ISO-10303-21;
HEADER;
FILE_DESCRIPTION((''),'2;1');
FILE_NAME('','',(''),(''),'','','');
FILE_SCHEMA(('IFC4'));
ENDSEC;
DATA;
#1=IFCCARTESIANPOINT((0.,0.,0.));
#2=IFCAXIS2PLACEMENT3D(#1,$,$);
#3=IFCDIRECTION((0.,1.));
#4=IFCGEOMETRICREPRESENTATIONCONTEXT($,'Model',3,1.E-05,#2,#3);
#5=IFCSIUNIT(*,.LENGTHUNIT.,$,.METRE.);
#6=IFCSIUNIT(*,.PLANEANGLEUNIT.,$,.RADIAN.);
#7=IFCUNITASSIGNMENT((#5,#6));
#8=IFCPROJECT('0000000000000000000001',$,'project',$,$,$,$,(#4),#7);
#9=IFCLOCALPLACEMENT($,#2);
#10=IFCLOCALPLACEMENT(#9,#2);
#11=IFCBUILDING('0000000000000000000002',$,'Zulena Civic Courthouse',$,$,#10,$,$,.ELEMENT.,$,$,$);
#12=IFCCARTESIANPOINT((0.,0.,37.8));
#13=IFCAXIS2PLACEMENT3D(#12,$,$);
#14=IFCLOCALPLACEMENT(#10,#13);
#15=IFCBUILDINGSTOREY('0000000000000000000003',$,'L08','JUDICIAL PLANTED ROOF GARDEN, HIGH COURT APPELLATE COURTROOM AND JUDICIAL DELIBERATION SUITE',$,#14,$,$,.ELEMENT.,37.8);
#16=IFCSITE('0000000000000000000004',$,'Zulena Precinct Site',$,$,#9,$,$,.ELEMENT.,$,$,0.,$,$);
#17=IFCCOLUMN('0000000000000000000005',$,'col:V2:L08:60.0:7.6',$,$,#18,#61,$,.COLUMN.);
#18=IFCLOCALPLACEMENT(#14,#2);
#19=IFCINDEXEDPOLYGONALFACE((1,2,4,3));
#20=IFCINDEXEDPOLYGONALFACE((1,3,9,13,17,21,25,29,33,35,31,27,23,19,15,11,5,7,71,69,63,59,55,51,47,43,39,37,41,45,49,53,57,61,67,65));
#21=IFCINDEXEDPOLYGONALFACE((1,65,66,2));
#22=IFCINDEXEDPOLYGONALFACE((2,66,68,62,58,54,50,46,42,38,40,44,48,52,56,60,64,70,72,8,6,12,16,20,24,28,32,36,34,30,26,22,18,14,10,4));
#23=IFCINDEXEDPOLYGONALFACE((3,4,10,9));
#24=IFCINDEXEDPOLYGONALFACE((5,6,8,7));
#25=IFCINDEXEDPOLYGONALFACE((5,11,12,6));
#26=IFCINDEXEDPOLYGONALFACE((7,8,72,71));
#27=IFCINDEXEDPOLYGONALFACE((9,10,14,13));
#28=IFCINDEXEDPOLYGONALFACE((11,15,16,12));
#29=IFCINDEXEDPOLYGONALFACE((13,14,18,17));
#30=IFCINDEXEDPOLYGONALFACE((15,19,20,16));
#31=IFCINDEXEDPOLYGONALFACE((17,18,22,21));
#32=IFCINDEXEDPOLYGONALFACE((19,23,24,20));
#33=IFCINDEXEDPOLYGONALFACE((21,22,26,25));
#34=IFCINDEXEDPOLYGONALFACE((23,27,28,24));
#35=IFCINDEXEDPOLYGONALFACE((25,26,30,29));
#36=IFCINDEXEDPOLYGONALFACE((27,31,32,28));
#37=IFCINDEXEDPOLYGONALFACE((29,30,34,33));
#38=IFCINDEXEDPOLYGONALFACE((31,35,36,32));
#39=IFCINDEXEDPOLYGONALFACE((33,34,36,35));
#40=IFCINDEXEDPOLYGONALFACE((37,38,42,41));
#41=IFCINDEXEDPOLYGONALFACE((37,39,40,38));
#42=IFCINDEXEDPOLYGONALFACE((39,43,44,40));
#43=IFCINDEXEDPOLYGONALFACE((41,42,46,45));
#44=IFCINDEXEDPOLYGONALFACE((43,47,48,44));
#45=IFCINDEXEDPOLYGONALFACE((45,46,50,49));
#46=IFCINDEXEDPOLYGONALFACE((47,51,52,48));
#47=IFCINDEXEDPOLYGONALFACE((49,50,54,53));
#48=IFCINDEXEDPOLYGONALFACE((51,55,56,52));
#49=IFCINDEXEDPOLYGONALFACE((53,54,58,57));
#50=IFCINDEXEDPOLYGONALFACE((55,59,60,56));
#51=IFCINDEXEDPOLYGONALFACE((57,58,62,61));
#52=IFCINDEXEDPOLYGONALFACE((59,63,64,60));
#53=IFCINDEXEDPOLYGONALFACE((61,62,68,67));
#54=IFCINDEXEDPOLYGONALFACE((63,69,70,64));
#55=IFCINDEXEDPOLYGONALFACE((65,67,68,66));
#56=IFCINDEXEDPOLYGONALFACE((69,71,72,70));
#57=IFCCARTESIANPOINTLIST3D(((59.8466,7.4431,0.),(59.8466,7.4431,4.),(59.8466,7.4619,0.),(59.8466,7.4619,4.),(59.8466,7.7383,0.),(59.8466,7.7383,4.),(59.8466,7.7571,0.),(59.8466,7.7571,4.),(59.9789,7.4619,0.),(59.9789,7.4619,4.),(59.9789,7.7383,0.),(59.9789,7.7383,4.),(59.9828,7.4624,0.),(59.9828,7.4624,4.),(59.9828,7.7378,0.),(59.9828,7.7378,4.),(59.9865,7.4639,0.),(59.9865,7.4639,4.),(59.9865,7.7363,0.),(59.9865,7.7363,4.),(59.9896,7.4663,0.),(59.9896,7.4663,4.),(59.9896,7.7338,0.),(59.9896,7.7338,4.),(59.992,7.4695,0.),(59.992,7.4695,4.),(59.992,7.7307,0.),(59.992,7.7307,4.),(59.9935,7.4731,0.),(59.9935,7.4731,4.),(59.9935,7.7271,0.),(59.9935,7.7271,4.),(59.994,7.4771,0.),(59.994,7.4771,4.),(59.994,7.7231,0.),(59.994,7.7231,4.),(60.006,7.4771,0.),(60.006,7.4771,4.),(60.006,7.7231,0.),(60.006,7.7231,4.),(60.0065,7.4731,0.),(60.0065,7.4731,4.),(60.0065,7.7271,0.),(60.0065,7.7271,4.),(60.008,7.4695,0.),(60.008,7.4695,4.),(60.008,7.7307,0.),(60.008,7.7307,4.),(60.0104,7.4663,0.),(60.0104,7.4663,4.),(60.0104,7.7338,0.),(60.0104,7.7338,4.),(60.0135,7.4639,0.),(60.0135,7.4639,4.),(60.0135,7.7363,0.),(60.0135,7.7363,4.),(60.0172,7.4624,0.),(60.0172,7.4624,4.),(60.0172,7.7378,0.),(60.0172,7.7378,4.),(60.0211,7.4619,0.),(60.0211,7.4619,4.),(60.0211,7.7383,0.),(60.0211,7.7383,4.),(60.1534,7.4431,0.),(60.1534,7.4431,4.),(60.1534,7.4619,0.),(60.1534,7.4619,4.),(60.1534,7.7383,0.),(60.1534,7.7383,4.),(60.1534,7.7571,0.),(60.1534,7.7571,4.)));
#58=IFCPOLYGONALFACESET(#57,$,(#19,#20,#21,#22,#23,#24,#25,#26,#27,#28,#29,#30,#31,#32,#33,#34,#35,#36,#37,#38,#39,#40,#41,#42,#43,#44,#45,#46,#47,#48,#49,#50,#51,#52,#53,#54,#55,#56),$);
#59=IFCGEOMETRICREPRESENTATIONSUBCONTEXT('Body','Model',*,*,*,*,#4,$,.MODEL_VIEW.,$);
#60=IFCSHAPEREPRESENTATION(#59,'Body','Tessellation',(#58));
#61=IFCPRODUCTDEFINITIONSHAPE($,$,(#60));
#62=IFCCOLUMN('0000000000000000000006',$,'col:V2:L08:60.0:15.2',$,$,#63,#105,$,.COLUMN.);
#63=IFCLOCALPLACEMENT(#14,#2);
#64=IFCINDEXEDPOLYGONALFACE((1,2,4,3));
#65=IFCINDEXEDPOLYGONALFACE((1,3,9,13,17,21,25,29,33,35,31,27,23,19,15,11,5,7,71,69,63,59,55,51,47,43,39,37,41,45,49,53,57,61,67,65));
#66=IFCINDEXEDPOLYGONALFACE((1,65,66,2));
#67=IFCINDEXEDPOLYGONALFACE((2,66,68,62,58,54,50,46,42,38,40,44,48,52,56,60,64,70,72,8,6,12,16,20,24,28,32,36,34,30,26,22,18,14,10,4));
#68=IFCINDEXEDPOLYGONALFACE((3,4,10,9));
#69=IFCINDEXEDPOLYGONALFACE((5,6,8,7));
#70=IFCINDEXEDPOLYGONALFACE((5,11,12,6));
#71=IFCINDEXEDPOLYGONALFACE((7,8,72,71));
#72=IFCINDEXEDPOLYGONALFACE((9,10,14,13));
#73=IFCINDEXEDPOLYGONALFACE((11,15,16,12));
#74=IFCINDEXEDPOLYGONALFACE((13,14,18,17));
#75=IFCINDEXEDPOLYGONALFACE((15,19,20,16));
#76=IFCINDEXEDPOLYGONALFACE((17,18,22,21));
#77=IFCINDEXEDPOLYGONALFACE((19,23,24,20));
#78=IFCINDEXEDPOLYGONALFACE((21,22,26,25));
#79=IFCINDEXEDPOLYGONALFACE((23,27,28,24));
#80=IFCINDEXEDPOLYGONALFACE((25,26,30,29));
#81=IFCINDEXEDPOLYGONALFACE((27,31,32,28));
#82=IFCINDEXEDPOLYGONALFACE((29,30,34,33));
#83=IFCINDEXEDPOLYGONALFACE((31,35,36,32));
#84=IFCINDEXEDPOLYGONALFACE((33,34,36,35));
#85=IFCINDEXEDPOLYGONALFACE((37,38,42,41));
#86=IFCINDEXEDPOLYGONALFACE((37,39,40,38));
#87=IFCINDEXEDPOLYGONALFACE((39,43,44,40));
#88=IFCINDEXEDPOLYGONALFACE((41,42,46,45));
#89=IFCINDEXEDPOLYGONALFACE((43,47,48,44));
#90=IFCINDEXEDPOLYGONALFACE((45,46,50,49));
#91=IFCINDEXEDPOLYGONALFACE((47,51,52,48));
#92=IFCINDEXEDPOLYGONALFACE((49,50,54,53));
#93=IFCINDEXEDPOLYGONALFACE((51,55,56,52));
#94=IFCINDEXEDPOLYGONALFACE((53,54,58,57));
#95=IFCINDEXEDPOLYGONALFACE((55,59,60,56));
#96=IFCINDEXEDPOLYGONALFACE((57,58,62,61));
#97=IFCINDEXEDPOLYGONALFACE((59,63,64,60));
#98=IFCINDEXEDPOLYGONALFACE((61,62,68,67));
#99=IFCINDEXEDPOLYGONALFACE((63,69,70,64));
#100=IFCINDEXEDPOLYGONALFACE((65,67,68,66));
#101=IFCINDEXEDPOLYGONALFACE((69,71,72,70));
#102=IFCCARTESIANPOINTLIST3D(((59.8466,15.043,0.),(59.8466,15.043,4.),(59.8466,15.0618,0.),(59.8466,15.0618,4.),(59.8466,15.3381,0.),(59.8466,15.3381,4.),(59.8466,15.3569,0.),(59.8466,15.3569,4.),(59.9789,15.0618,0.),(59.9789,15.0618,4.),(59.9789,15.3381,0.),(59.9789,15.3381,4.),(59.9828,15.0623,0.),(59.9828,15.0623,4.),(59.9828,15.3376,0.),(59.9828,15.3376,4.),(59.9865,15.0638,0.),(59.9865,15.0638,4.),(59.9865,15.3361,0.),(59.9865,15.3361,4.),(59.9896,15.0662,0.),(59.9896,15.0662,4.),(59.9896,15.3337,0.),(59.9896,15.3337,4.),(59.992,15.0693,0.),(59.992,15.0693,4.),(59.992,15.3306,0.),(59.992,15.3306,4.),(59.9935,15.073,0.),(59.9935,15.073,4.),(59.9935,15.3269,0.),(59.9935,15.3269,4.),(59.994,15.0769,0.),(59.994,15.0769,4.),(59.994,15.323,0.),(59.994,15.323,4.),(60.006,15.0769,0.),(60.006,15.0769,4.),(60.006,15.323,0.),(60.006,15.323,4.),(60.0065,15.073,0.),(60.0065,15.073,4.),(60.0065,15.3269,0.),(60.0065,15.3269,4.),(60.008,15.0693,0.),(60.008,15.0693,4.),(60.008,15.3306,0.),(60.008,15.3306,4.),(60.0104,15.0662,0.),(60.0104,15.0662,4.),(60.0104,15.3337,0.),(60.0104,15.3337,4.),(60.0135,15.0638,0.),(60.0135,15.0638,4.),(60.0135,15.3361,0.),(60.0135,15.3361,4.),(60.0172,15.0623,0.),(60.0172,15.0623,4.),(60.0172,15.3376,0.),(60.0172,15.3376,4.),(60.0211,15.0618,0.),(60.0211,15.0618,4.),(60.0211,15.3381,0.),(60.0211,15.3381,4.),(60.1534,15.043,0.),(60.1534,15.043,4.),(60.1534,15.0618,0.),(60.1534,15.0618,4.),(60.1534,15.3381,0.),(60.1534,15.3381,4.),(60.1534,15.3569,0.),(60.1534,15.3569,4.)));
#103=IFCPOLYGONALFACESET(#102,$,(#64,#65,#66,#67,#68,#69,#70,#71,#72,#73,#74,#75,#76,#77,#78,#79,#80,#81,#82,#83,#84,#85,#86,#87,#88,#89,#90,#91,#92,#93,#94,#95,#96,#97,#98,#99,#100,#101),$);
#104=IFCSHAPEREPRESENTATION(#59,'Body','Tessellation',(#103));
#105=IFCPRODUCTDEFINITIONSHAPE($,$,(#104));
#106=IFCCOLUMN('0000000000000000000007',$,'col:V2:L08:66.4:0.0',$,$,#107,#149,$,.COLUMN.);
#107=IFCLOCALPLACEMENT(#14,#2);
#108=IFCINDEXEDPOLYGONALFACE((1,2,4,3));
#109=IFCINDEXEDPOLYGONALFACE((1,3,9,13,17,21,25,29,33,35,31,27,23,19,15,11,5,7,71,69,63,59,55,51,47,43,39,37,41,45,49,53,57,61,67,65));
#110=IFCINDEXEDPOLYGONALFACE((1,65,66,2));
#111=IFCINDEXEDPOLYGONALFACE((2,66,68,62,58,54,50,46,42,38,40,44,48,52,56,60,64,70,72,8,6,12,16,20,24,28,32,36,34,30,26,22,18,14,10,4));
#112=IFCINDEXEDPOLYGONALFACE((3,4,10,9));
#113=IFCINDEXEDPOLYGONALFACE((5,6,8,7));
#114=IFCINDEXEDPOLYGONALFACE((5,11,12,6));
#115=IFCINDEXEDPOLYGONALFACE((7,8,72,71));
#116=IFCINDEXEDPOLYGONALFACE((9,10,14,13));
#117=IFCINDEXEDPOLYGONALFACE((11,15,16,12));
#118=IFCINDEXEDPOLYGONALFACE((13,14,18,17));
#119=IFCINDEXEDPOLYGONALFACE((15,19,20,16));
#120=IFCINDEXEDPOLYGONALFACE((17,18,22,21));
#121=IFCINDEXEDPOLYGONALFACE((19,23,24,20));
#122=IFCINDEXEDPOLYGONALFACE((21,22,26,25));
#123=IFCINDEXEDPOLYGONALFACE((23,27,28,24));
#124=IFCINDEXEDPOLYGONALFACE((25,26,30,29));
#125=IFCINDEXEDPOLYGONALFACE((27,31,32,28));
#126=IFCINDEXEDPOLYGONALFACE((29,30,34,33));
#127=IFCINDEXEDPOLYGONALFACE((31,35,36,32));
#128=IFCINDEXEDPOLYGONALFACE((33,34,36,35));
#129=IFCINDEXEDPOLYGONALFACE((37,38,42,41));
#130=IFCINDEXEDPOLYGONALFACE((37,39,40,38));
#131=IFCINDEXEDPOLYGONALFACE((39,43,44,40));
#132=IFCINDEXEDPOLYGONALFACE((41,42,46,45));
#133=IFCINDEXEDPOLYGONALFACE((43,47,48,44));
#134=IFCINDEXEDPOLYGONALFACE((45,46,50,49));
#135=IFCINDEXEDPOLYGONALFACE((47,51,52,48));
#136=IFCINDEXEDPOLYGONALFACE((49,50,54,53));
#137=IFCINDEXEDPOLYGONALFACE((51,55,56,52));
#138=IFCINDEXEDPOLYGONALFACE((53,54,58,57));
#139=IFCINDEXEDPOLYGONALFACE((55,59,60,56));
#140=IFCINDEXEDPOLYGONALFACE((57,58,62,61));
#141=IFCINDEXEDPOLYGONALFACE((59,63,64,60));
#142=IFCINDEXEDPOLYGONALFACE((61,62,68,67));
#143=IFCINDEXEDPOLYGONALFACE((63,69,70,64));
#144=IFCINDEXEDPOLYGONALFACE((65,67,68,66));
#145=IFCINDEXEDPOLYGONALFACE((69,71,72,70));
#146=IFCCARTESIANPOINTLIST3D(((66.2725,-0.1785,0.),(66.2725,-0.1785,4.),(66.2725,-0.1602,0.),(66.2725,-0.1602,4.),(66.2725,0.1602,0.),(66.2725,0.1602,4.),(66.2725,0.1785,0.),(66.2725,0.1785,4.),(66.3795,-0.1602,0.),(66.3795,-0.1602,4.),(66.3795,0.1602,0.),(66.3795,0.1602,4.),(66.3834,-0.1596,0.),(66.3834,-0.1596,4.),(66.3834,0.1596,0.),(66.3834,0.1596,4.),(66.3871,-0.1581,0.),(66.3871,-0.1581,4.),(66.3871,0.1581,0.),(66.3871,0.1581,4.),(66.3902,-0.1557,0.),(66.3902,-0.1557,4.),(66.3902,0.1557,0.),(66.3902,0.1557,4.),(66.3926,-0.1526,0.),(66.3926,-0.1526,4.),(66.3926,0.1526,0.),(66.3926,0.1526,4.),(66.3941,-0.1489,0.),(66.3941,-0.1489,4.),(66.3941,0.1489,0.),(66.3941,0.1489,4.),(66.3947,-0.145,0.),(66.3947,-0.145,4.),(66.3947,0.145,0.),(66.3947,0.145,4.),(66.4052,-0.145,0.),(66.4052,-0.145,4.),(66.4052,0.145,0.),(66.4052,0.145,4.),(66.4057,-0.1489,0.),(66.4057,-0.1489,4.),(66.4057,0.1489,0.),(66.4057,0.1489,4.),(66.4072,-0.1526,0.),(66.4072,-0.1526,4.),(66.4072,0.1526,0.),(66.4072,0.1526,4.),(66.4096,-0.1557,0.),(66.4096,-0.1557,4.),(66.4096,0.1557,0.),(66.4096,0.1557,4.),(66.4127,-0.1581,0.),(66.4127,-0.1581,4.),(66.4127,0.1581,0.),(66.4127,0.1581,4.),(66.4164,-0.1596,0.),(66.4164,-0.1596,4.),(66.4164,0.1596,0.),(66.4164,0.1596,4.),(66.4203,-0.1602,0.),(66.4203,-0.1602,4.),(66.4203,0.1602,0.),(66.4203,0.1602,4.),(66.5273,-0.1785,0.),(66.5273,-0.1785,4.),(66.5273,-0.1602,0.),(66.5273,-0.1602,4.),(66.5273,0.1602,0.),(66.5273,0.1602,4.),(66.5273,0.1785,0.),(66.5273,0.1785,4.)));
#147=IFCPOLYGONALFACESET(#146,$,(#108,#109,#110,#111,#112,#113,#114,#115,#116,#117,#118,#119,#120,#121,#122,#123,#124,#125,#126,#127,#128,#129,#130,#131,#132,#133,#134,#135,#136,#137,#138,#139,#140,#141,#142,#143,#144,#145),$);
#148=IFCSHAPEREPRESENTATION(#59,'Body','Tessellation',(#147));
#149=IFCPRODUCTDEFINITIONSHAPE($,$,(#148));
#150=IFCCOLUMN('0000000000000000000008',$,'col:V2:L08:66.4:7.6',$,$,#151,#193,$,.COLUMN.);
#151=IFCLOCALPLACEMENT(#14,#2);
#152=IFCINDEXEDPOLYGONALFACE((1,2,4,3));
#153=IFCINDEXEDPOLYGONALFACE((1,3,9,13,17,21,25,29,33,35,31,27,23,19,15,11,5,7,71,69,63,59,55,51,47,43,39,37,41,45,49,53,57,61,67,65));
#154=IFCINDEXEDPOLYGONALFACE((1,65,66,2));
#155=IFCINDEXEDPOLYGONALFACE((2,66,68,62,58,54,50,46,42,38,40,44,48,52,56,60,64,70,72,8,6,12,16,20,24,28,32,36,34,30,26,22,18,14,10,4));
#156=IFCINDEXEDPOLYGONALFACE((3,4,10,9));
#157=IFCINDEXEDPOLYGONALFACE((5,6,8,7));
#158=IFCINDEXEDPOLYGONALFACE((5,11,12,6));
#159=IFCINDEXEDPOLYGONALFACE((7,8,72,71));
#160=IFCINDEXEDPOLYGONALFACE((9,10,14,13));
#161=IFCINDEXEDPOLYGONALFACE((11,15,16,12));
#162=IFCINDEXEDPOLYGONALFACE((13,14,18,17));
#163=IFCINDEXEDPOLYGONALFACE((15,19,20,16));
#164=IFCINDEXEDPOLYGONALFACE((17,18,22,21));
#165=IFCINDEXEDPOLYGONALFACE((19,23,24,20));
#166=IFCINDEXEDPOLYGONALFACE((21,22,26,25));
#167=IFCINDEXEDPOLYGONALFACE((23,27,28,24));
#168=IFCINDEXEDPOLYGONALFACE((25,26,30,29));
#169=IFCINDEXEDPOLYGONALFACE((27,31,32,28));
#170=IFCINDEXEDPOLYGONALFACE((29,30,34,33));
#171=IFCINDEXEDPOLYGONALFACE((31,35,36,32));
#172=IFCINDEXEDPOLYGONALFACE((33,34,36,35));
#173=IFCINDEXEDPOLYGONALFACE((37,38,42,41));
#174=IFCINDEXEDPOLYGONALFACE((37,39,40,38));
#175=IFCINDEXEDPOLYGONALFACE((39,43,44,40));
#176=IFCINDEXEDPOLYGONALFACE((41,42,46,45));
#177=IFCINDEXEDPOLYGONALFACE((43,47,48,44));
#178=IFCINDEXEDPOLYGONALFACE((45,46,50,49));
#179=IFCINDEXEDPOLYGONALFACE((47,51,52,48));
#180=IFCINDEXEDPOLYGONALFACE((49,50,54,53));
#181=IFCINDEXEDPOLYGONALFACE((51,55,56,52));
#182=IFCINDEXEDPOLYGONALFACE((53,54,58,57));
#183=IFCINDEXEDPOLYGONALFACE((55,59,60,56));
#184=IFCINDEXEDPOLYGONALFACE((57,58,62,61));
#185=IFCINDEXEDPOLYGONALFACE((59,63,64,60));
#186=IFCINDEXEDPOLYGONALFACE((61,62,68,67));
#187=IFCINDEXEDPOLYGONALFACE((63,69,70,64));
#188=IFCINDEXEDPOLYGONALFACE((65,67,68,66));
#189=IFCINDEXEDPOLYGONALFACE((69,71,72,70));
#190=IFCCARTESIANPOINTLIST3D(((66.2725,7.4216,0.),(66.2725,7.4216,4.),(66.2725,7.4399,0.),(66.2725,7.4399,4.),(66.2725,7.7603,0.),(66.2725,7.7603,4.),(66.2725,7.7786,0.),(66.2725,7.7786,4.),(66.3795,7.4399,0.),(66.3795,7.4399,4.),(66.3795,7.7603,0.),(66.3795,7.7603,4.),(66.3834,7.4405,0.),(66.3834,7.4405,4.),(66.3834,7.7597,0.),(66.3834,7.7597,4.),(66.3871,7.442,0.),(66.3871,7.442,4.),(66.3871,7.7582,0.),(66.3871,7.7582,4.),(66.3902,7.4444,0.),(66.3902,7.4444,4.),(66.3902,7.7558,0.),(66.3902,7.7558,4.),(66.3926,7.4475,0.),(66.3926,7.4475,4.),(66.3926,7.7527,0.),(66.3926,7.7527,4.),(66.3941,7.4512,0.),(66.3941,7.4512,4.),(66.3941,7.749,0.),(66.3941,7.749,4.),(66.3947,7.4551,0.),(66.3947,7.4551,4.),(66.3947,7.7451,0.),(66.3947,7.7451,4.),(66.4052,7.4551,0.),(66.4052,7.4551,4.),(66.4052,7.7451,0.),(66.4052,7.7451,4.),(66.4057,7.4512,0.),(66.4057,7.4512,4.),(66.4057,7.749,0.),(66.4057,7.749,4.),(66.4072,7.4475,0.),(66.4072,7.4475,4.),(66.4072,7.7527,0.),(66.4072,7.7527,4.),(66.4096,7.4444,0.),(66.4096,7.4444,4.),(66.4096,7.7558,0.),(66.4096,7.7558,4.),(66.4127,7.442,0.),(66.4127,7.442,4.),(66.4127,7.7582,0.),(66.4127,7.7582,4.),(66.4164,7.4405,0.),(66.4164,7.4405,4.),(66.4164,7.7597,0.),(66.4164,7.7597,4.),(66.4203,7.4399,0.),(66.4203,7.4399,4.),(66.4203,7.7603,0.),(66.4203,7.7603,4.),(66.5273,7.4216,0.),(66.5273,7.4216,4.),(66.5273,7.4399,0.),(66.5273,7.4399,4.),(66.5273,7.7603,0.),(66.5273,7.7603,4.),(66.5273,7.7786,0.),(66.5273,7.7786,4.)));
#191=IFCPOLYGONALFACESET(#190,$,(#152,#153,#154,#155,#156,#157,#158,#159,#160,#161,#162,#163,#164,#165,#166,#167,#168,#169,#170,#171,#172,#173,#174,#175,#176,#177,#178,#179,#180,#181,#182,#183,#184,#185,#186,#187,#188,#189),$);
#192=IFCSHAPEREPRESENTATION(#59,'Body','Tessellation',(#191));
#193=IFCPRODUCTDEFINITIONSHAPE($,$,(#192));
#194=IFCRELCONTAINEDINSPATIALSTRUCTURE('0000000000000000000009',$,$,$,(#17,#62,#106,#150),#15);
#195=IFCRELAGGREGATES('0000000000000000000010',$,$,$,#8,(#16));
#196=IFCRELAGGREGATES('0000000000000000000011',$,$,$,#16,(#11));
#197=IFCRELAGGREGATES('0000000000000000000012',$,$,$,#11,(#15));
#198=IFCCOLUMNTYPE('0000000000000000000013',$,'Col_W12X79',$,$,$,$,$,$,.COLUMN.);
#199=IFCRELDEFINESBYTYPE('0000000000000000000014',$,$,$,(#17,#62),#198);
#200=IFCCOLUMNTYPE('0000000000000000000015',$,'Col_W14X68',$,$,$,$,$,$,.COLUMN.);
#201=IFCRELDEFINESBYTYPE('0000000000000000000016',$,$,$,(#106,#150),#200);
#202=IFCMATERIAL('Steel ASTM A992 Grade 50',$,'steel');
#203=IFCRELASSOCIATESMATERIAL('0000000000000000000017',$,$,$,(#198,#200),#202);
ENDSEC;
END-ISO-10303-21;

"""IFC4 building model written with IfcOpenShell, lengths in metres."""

from ifc_helpers import new_model, si_unit, direction, frame, origin, origin_2d, place, context, subcontext, project, spatial, i_section, extrude, material, material_profile, profile_set, type_object, element, save


model = new_model("IFC4")

# Units and contexts
model_context = context("Model", 3, precision=1e-05, world=origin(), true_north=direction((0.0, 1.0)))
body_context = subcontext(model_context, "Body", "Model", "MODEL_VIEW")
ifc_project = project(units=[si_unit("LENGTHUNIT", "METRE"), si_unit("PLANEANGLEUNIT", "RADIAN")], contexts=[model_context])

# Site, building, storey
site_placement = place(None, origin())
site = spatial("IfcSite", under=ifc_project, at=site_placement, Name="Zulena Precinct Site", CompositionType="ELEMENT", RefElevation=0.0)
building_placement = place(site_placement, origin())
building = spatial("IfcBuilding", under=site, at=building_placement, Name="Zulena Civic Courthouse", CompositionType="ELEMENT")
storey_placement = place(building_placement, frame((0.0, 0.0, 37.8)))
storey = spatial("IfcBuildingStorey", under=building, at=storey_placement, Name="L08", Description="JUDICIAL PLANTED ROOF GARDEN, HIGH COURT APPELLATE COURTROOM AND JUDICIAL DELIBERATION SUITE", CompositionType="ELEMENT", Elevation=37.8)

# Columns
ifc_material_1 = material(Name="Steel ASTM A992 Grade 50", Category="steel")
ifc_material_profile_1 = material_profile(ifc_material_1, i_section(OverallWidth=0.3069, OverallDepth=0.314, WebThickness=0.012, FlangeThickness=0.0188, FilletRadius=0.0151, at=origin_2d()), Name="W12X79")
ifc_profile_set_1 = profile_set([ifc_material_profile_1], Name="Steel ASTM A992 Grade 50")
column_type_1 = type_object("IfcColumnType", Name="Col_W12X79", PredefinedType="COLUMN", material=ifc_profile_set_1)
for number, where, z_axis, x_axis, name in (
    (1, (60.0, 7.6001, 0.0), (0.0, 0.0, 1.0), (1.0, 0.0, 0.0), "col:V2:L08:60.0:7.6"),
    (2, (60.0, 15.2, 0.0), (0.0, 0.0, 1.0), (1.0, 0.0, 0.0), "col:V2:L08:60.0:15.2"),
):
    element("IfcColumn", number, at=place(storey_placement, frame(where, z_axis=z_axis, x_axis=x_axis)), inside=storey, type_object=column_type_1, Name=name, PredefinedType="COLUMN", context=body_context, shape_type="SweptSolid", body=[
        extrude(i_section(OverallWidth=0.3069, OverallDepth=0.314, WebThickness=0.012, FlangeThickness=0.0188, FilletRadius=0.0151, at=origin_2d()), origin(), (0.0, 0.0, 1.0), 4.0),
    ])
ifc_material_profile_2 = material_profile(ifc_material_1, i_section(OverallWidth=0.2549, OverallDepth=0.3569, WebThickness=0.0105, FlangeThickness=0.0183, FilletRadius=0.0151, at=origin_2d()), Name="W14X68")
ifc_profile_set_2 = profile_set([ifc_material_profile_2], Name="Steel ASTM A992 Grade 50")
column_type_2 = type_object("IfcColumnType", Name="Col_W14X68", PredefinedType="COLUMN", material=ifc_profile_set_2)
for number, where, z_axis, x_axis, name in (
    (3, (66.3999, 0.0, 0.0), (0.0, 0.0, 1.0), (1.0, 0.0, 0.0), "col:V2:L08:66.4:0.0"),
    (4, (66.3999, 7.6001, 0.0), (0.0, 0.0, 1.0), (1.0, 0.0, 0.0), "col:V2:L08:66.4:7.6"),
):
    element("IfcColumn", number, at=place(storey_placement, frame(where, z_axis=z_axis, x_axis=x_axis)), inside=storey, type_object=column_type_2, Name=name, PredefinedType="COLUMN", context=body_context, shape_type="SweptSolid", body=[
        extrude(i_section(OverallWidth=0.2549, OverallDepth=0.3569, WebThickness=0.0105, FlangeThickness=0.0183, FilletRadius=0.0151, at=origin_2d()), origin(), (0.0, 0.0, 1.0), 4.0),
    ])

save(model, "model.ifc")
